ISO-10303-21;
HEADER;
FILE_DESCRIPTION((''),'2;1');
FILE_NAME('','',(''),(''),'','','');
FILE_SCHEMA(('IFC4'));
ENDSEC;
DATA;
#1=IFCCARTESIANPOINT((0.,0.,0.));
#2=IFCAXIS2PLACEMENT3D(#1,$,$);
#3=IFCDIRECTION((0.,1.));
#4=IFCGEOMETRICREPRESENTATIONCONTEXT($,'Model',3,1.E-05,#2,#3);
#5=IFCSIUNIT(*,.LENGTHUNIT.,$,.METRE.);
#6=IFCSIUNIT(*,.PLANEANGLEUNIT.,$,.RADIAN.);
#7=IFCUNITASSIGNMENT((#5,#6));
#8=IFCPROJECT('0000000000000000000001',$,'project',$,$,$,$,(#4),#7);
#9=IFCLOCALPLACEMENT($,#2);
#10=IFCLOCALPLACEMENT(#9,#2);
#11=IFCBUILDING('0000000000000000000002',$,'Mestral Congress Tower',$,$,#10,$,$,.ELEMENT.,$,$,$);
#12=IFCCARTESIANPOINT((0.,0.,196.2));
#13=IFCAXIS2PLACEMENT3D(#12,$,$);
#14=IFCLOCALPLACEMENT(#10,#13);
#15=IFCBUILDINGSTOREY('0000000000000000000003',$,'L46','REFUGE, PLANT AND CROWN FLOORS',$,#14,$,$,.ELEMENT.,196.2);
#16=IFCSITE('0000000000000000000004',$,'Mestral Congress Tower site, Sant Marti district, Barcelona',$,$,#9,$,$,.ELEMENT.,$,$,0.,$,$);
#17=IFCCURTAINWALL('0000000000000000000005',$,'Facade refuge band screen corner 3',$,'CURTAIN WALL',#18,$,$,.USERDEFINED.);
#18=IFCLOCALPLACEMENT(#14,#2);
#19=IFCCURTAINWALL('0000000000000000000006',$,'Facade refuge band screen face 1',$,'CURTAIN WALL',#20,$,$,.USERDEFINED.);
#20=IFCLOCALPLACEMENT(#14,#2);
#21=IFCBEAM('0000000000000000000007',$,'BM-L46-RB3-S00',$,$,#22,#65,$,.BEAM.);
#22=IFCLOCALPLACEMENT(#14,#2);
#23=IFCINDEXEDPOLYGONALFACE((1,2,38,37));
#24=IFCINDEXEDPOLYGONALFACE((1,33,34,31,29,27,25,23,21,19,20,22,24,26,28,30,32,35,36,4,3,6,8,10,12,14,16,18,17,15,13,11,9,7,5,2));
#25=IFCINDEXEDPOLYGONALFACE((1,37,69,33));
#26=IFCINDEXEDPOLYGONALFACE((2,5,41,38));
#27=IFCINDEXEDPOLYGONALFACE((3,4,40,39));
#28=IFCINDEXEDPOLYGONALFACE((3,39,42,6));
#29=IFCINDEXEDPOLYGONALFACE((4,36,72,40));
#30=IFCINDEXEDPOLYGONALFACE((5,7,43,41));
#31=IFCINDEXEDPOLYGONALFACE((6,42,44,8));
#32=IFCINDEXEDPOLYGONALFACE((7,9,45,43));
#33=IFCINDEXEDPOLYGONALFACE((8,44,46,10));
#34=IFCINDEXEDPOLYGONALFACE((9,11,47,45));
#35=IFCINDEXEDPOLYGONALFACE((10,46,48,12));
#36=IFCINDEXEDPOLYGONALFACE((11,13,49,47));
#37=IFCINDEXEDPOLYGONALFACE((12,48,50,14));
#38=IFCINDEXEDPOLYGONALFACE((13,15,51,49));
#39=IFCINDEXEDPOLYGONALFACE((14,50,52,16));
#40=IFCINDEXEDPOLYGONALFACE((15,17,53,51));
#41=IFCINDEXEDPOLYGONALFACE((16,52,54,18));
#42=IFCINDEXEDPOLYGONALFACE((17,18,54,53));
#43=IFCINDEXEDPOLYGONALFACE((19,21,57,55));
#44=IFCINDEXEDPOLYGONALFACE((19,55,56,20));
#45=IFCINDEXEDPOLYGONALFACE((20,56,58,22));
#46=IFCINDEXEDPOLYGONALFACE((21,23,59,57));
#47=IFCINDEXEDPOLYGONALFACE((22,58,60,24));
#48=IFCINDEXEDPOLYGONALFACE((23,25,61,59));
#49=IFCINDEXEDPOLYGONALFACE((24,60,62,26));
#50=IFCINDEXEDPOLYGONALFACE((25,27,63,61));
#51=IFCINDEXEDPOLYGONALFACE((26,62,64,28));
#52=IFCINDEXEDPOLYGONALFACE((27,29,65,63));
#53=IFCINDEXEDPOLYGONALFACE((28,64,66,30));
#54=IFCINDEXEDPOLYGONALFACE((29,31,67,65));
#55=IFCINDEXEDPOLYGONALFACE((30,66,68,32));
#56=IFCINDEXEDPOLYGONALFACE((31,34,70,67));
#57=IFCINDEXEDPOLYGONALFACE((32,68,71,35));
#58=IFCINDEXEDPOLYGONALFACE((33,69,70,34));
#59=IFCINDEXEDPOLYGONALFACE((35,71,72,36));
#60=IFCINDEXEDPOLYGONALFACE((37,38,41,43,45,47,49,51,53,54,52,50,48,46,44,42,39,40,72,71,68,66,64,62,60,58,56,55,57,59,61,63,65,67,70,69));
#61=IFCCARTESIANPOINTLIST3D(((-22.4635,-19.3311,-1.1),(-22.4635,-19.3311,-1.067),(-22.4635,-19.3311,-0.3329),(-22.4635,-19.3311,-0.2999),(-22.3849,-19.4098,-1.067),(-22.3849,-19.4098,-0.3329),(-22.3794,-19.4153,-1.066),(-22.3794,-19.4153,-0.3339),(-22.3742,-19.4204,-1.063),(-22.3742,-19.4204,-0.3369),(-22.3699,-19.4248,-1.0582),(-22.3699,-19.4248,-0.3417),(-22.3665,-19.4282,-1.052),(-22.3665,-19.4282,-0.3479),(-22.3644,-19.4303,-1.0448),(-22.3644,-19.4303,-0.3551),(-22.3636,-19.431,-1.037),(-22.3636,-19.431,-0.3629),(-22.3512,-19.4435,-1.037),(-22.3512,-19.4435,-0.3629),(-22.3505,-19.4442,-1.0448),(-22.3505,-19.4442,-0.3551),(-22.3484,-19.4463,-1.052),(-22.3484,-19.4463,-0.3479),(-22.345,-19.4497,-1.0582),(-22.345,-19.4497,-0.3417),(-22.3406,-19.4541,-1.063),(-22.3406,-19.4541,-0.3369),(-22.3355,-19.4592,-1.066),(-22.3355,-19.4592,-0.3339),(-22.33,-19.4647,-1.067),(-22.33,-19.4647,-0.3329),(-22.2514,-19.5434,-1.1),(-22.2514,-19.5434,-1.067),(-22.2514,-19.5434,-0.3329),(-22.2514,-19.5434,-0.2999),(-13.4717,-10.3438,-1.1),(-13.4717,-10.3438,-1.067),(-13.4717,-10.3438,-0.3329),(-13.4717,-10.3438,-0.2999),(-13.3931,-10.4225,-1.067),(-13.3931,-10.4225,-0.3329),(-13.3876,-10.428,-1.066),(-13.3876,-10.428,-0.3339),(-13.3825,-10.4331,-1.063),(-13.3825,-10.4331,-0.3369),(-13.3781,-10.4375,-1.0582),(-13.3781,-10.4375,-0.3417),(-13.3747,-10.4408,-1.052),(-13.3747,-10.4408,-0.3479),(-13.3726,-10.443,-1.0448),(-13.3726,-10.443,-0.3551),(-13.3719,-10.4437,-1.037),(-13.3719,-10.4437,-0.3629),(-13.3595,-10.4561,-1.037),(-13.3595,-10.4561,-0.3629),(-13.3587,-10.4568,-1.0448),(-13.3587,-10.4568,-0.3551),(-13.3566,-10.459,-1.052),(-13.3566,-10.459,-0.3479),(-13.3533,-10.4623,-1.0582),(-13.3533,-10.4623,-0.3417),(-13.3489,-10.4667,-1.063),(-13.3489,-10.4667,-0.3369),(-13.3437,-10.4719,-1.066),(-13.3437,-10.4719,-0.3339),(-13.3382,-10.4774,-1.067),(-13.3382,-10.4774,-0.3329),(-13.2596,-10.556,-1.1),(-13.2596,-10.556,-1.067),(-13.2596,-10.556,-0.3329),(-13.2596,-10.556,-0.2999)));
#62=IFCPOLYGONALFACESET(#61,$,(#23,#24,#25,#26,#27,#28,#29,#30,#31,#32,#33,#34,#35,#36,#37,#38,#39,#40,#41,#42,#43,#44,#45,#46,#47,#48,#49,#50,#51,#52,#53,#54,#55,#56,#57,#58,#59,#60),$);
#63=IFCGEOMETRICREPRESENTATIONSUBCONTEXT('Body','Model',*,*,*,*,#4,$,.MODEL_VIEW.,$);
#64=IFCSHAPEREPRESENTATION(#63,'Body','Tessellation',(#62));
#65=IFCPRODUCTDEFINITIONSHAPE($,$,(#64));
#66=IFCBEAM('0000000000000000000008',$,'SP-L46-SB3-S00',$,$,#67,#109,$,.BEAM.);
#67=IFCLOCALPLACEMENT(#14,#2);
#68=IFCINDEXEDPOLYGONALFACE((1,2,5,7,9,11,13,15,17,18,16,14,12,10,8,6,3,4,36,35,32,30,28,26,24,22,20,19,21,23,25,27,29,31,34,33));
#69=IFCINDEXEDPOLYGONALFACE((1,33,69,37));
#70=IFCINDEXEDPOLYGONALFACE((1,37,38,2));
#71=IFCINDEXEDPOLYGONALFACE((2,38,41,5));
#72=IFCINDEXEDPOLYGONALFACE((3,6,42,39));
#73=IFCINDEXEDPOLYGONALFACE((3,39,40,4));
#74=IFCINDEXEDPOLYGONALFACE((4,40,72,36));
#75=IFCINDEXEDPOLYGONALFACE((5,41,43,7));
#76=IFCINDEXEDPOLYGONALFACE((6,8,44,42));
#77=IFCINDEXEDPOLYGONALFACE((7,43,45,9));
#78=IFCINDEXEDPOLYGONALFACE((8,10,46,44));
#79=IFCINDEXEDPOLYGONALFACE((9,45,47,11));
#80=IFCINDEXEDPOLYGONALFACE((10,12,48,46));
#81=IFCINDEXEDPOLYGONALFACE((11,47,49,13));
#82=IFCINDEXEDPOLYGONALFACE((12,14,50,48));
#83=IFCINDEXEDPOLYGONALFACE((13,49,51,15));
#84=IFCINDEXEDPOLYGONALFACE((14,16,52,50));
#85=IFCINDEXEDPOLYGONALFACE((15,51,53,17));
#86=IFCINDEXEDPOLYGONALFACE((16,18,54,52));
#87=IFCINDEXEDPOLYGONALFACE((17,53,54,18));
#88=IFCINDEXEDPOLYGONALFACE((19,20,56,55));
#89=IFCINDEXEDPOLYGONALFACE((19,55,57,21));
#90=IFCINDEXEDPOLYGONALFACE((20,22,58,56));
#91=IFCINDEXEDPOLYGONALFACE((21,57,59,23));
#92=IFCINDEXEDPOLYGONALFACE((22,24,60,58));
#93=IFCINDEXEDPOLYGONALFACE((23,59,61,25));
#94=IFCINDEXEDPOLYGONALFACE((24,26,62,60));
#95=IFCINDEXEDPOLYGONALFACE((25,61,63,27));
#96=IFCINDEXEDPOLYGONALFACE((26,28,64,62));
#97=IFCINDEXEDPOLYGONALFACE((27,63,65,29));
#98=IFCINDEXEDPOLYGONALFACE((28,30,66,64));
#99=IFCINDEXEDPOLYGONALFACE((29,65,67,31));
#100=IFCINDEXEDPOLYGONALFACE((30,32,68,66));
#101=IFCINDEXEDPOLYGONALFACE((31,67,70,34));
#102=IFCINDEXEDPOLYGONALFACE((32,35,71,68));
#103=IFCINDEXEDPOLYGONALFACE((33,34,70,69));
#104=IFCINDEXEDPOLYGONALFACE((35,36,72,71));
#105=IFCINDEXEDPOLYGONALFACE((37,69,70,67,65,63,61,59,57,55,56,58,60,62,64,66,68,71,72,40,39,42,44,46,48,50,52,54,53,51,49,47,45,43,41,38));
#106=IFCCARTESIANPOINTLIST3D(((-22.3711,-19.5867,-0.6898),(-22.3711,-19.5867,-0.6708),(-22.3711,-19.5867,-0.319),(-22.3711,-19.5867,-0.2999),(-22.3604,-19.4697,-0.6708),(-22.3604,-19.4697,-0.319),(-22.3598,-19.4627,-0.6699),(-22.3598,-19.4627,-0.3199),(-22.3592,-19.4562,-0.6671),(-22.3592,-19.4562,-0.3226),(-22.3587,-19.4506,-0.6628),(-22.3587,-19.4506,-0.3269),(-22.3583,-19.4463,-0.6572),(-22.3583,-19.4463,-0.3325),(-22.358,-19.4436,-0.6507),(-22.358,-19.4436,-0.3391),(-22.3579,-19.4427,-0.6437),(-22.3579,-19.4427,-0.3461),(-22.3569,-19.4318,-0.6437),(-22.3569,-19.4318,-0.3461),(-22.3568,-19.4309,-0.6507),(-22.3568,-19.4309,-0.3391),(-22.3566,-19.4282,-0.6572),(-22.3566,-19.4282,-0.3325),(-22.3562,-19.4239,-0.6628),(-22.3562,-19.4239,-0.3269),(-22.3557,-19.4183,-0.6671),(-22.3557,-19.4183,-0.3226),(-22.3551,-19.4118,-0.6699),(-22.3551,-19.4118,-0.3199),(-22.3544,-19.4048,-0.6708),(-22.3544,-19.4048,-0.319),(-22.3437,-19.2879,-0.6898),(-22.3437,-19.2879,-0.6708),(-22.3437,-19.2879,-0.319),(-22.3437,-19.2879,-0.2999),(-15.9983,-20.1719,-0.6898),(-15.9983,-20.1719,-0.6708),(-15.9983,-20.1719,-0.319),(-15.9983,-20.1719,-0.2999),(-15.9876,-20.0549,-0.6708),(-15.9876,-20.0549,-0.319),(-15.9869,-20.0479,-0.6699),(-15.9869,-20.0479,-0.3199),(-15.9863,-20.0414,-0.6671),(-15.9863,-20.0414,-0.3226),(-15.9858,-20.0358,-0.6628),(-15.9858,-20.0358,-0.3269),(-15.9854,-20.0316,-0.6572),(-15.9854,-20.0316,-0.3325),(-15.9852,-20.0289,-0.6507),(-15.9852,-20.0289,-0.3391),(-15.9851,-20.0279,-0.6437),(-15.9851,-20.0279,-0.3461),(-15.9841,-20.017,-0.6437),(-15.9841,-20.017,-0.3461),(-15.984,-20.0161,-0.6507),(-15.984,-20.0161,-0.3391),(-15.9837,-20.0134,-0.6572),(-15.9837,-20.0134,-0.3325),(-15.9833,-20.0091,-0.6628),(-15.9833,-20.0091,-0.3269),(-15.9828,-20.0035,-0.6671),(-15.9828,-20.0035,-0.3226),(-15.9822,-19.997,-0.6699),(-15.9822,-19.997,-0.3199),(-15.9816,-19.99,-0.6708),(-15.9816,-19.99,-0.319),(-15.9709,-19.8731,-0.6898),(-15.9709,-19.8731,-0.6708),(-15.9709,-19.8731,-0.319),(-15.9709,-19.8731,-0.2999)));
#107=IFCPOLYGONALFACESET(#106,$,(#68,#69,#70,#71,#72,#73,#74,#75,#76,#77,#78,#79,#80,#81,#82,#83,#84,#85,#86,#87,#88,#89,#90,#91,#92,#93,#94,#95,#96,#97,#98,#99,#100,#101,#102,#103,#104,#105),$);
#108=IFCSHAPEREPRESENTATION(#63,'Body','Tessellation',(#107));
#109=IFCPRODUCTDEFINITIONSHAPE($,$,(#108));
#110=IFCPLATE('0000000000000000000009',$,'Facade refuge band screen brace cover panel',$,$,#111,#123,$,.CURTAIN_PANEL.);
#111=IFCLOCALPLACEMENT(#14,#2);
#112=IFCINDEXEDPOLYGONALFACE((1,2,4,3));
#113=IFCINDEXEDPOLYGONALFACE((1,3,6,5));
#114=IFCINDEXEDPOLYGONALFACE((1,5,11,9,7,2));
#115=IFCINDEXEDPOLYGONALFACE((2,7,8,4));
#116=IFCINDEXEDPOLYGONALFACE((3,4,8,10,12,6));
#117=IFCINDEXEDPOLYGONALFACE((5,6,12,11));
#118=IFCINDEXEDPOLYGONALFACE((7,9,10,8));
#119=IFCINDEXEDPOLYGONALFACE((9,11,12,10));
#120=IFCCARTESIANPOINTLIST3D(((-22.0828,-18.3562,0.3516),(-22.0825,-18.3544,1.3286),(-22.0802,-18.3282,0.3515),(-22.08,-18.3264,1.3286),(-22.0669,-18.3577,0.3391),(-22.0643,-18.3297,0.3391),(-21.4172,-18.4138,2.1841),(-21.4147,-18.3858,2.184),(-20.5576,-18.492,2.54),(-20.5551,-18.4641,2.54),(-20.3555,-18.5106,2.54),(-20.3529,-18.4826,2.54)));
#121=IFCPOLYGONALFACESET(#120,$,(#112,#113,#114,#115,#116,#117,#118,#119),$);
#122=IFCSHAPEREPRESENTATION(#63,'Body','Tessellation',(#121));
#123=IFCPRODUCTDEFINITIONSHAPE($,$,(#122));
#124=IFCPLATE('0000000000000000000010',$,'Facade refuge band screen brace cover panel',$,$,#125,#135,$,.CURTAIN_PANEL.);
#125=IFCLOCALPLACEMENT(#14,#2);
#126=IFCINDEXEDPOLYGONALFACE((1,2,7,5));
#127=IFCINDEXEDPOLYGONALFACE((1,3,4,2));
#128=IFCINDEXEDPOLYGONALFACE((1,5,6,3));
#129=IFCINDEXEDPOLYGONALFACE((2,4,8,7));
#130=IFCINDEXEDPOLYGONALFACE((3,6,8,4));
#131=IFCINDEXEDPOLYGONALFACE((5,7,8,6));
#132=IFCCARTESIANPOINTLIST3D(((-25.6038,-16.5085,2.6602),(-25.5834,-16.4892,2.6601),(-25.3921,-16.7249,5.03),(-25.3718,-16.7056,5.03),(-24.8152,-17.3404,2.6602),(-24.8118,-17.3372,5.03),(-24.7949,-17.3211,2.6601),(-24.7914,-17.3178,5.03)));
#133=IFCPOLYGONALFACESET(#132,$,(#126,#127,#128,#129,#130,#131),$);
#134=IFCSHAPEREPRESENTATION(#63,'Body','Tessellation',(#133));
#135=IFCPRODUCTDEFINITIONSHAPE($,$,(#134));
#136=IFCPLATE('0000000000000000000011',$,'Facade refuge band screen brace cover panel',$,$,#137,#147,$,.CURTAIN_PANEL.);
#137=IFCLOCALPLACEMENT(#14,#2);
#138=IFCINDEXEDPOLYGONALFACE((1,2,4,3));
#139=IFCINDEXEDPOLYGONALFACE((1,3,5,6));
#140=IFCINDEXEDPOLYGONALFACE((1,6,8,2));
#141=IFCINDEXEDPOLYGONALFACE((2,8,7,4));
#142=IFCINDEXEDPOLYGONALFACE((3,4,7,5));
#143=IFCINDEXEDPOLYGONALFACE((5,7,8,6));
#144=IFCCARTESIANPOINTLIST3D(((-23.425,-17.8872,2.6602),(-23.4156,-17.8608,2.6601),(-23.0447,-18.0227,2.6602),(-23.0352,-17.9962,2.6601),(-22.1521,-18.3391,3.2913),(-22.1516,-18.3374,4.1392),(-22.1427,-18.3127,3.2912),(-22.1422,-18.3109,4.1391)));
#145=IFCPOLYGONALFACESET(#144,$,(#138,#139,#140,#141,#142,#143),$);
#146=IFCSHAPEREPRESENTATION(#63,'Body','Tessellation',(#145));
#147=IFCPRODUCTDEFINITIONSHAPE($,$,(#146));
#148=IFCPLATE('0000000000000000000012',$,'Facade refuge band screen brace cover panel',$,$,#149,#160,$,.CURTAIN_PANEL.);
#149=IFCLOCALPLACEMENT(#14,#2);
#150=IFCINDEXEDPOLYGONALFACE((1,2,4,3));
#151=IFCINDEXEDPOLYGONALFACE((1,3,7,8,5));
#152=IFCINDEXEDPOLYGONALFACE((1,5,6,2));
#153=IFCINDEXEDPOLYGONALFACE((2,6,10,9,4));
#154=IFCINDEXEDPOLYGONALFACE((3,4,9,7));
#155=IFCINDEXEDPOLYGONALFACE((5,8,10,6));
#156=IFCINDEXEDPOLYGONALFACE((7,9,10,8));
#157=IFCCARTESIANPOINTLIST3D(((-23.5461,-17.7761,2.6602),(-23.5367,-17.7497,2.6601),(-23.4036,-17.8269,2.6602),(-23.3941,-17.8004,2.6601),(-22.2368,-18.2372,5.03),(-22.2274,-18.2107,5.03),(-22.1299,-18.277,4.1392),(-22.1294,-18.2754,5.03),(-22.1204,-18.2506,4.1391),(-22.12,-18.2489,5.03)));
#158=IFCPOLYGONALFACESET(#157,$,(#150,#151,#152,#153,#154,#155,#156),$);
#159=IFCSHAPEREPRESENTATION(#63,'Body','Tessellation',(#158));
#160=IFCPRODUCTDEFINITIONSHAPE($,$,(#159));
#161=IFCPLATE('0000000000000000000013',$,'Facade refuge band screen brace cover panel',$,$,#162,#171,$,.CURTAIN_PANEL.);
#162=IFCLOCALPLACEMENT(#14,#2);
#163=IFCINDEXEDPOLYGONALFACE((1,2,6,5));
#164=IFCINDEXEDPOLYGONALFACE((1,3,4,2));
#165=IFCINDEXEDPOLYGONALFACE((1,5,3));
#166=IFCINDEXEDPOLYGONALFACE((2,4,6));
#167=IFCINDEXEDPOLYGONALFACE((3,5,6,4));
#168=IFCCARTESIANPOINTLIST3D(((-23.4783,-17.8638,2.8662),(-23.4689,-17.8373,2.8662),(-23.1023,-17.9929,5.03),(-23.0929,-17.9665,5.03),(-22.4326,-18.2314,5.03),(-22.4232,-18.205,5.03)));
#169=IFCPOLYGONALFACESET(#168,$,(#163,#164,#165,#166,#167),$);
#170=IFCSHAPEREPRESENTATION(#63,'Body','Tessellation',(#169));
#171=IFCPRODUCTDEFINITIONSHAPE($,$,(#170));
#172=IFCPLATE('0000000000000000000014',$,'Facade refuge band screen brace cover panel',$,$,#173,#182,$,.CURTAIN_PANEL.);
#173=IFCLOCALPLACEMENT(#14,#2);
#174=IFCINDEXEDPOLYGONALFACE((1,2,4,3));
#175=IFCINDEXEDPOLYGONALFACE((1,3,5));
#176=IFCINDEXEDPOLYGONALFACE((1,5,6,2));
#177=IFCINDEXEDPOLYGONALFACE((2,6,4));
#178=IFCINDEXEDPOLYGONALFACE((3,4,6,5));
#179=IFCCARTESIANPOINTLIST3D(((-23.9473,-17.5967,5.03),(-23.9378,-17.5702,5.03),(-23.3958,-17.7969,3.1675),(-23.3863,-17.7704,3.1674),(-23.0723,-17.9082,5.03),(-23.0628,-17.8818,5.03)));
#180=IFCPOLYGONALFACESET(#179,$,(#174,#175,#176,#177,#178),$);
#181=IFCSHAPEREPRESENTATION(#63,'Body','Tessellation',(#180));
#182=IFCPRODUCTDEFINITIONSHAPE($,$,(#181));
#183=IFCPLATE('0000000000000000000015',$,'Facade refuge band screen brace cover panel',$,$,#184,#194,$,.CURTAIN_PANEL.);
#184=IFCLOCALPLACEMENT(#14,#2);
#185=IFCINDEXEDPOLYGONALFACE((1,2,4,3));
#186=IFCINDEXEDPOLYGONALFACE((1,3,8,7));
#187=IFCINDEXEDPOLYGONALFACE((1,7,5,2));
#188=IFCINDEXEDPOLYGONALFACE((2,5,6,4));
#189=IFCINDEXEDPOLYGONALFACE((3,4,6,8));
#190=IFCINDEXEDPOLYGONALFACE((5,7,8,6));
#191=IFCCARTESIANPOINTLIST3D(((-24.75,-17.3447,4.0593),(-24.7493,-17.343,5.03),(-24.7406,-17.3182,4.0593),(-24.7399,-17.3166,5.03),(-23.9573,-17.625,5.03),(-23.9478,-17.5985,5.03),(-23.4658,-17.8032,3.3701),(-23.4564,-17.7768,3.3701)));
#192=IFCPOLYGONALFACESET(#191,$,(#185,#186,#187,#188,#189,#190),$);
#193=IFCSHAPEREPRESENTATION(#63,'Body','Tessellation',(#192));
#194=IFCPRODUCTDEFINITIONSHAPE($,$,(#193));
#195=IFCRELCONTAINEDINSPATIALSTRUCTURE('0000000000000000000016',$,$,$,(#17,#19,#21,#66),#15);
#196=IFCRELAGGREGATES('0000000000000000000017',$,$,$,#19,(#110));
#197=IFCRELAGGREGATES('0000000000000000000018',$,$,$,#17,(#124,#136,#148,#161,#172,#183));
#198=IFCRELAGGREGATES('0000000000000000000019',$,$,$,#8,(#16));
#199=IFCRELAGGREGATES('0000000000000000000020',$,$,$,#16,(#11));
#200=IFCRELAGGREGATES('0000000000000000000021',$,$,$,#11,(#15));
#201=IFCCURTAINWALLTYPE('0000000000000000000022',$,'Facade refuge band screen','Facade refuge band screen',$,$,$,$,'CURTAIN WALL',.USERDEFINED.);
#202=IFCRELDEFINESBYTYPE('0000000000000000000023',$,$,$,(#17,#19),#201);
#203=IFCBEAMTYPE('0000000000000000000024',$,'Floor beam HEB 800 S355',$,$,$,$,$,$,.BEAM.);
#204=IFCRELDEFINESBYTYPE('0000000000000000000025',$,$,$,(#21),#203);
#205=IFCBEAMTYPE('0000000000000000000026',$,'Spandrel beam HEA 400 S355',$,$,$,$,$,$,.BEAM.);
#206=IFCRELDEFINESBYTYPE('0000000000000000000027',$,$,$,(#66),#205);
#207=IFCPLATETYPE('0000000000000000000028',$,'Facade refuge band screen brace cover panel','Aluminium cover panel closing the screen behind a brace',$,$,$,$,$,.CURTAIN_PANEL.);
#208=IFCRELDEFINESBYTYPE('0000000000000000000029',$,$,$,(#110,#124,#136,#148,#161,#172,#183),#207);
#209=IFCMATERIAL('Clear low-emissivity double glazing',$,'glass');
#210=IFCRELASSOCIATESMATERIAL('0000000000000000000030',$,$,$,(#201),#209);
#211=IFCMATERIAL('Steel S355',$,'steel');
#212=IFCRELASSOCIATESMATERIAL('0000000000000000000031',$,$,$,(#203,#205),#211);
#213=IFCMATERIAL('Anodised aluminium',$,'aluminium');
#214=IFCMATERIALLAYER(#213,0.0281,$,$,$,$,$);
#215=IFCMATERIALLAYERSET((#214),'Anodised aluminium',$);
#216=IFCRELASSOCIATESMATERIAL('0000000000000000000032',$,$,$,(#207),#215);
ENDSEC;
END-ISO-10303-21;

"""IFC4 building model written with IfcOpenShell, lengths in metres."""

from ifc_helpers import new_model, si_unit, direction, frame, origin, origin_2d, place, context, subcontext, project, spatial, polyline, i_section, outline, extrude, material, layer, layer_set, material_profile, profile_set, type_object, element, aggregate, save


model = new_model("IFC4")

# Units and contexts
model_context = context("Model", 3, precision=1e-05, world=origin(), true_north=direction((0.0, 1.0)))
body_context = subcontext(model_context, "Body", "Model", "MODEL_VIEW")
ifc_project = project(units=[si_unit("LENGTHUNIT", "METRE"), si_unit("PLANEANGLEUNIT", "RADIAN")], contexts=[model_context])

# Site, building, storey
site_placement = place(None, origin())
site = spatial("IfcSite", under=ifc_project, at=site_placement, Name="Mestral Congress Tower site, Sant Marti district, Barcelona", CompositionType="ELEMENT", RefElevation=0.0)
building_placement = place(site_placement, origin())
building = spatial("IfcBuilding", under=site, at=building_placement, Name="Mestral Congress Tower", CompositionType="ELEMENT")
storey_placement = place(building_placement, frame((0.0, 0.0, 196.2)))
storey = spatial("IfcBuildingStorey", under=building, at=storey_placement, Name="L46", Description="REFUGE, PLANT AND CROWN FLOORS", CompositionType="ELEMENT", Elevation=196.2)

# Shared definitions
ifc_material_1 = material(Name="Steel S355", Category="steel")

# Curtain walls
ifc_material_2 = material(Name="Clear low-emissivity double glazing", Category="glass")
curtain_wall_type = type_object("IfcCurtainWallType", Name="Facade refuge band screen", Description="Facade refuge band screen", ElementType="CURTAIN WALL", PredefinedType="USERDEFINED", material=ifc_material_2)
placement = place(storey_placement, origin())
curtain_wall_1 = element("IfcCurtainWall", 1, at=placement, inside=storey, type_object=curtain_wall_type, Name="Facade refuge band screen corner 3", ObjectType="CURTAIN WALL", PredefinedType="USERDEFINED")
ifc_material_3 = material(Name="Anodised aluminium", Category="aluminium")
curtain_wall_2 = element("IfcCurtainWall", 2, at=placement, inside=storey, type_object=curtain_wall_type, Name="Facade refuge band screen face 1", ObjectType="CURTAIN WALL", PredefinedType="USERDEFINED")

# Beams
ifc_material_profile_1 = material_profile(ifc_material_1, i_section(OverallWidth=0.3, OverallDepth=0.8, WebThickness=0.0176, FlangeThickness=0.033, FilletRadius=0.03, at=origin_2d()), Name="HEB 800")
ifc_profile_set_1 = profile_set([ifc_material_profile_1], Name="Steel S355")
beam_type_1 = type_object("IfcBeamType", Name="Floor beam HEB 800 S355", PredefinedType="BEAM", material=ifc_profile_set_1)
beam_1_placement = place(storey_placement, frame((-22.3574, -19.4373, -0.7), z_axis=(0.70728, 0.706934, 0.0), x_axis=(-0.706934, 0.70728, 0.0)))
element("IfcBeam", 3, at=beam_1_placement, inside=storey, type_object=beam_type_1, Name="BM-L46-RB3-S00", PredefinedType="BEAM", context=body_context, shape_type="SweptSolid", body=[
    extrude(i_section(OverallWidth=0.3, OverallDepth=0.8, WebThickness=0.0176, FlangeThickness=0.033, FilletRadius=0.03, at=origin_2d()), origin(), (0.0, 0.0, 1.0), 12.7131),
])
ifc_material_profile_2 = material_profile(ifc_material_1, i_section(OverallWidth=0.3, OverallDepth=0.3899, WebThickness=0.011, FlangeThickness=0.019, FilletRadius=0.0271, at=origin_2d()), Name="HEA 400")
ifc_profile_set_2 = profile_set([ifc_material_profile_2], Name="Steel S355")
beam_type_2 = type_object("IfcBeamType", Name="Spandrel beam HEA 400 S355", PredefinedType="BEAM", material=ifc_profile_set_2)
beam_2_placement = place(storey_placement, frame((-22.3574, -19.4373, -0.4949), z_axis=(0.99581, -0.091444, 0.0), x_axis=(0.091444, 0.99581, 0.0)))
element("IfcBeam", 4, at=beam_2_placement, inside=storey, type_object=beam_type_2, Name="SP-L46-SB3-S00", PredefinedType="BEAM", context=body_context, shape_type="SweptSolid", body=[
    extrude(i_section(OverallWidth=0.3, OverallDepth=0.3899, WebThickness=0.011, FlangeThickness=0.019, FilletRadius=0.0271, at=origin_2d()), origin(), (0.0, 0.0, 1.0), 6.3997),
])

# Plates
ifc_layer_1 = layer(ifc_material_3, 0.0281)
ifc_layer_set_1 = layer_set([ifc_layer_1], Name="Anodised aluminium")
plate_type_1 = type_object("IfcPlateType", Name="Facade refuge band screen brace cover panel", Description="Aluminium cover panel closing the screen behind a brace", PredefinedType="CURTAIN_PANEL", material=ifc_layer_set_1)
plate_1_placement = place(storey_placement, frame((-22.0669, -18.3577, 0.3391), z_axis=(-0.091405, -0.995812, 0.00189), x_axis=(-0.784603, 0.073187, 0.615664)))
plate_1 = element("IfcPlate", 5, at=plate_1_placement, type_object=plate_type_1, Name="Facade refuge band screen brace cover panel", PredefinedType="CURTAIN_PANEL", context=body_context, shape_type="SweptSolid", body=[
    extrude(outline(polyline([(0.0, 0.0), (0.0202, 0.0), (0.6217, -0.77), (0.622, -1.8553), (0.161, -2.6672), (0.0011, -2.7922), (0.0, 0.0)])), origin(), (0.0, 0.0, -1.0), 0.0281),
])
plate_2_placement = place(storey_placement, frame((-24.8118, -17.3372, 5.03), z_axis=(-0.725748, -0.687958, 0.001998), x_axis=(-0.001464, -0.00136, -0.999998)))
plate_2 = element("IfcPlate", 6, at=plate_2_placement, type_object=plate_type_1, Name="Facade refuge band screen brace cover panel", PredefinedType="CURTAIN_PANEL", context=body_context, shape_type="SweptSolid", body=[
    extrude(outline(polyline([(0.0, 0.0), (2.3699, 0.0), (2.3699, -1.1462), (0.0, -0.8436), (0.0, 0.0)])), origin(), (0.0, 0.0, -1.0), 0.0281),
])
plate_3_placement = place(storey_placement, frame((-22.1521, -18.3391, 3.2913), z_axis=(-0.335488, -0.942042, 0.002133), x_axis=(-0.784312, 0.27806, -0.554561)))
plate_3 = element("IfcPlate", 7, at=plate_3_placement, type_object=plate_type_1, Name="Facade refuge band screen brace cover panel", PredefinedType="CURTAIN_PANEL", context=body_context, shape_type="SweptSolid", body=[
    extrude(outline(polyline([(0.0, 0.0), (1.138, 0.0), (1.474, -0.2239), (-0.4701, -0.7056), (0.0, 0.0)])), origin(), (0.0, 0.0, -1.0), 0.0281),
])
plate_4_placement = place(storey_placement, frame((-22.1294, -18.2754, 5.03), z_axis=(-0.335181, -0.942152, 0.0019), x_axis=(-0.000518, -0.001833, -0.999998)))
plate_4 = element("IfcPlate", 8, at=plate_4_placement, type_object=plate_type_1, Name="Facade refuge band screen brace cover panel", PredefinedType="CURTAIN_PANEL", context=body_context, shape_type="SweptSolid", body=[
    extrude(outline(polyline([(0.0, 0.0), (0.8909, 0.0), (2.3697, -1.3511), (2.3697, -1.5024), (0.0, -0.114), (0.0, 0.0)])), origin(), (0.0, 0.0, -1.0), 0.0281),
])
plate_5_placement = place(storey_placement, frame((-22.4326, -18.2314, 5.03), z_axis=(-0.335531, -0.942027, 0.002074), x_axis=(-0.4301, 0.151233, -0.890024)))
plate_5 = element("IfcPlate", 9, at=plate_5_placement, type_object=plate_type_1, Name="Facade refuge band screen brace cover panel", PredefinedType="CURTAIN_PANEL", context=body_context, shape_type="SweptSolid", body=[
    extrude(outline(polyline([(0.0, 0.0), (2.4312, 0.0), (0.3241, -0.6327), (0.0, 0.0)])), origin(), (0.0, 0.0, -1.0), 0.0281),
])
plate_6_placement = place(storey_placement, frame((-23.3958, -17.7969, 3.1675), z_axis=(-0.335403, -0.942073, 0.001943), x_axis=(-0.282425, 0.102518, 0.953795)))
plate_6 = element("IfcPlate", 10, at=plate_6_placement, type_object=plate_type_1, Name="Facade refuge band screen brace cover panel", PredefinedType="CURTAIN_PANEL", context=body_context, shape_type="SweptSolid", body=[
    extrude(outline(polyline([(0.0, 0.0), (1.9528, 0.0), (1.6737, -0.8859), (0.0, 0.0)])), origin(), (0.0, 0.0, -1.0), 0.0281),
])
plate_7_placement = place(storey_placement, frame((-24.7493, -17.343, 5.03), z_axis=(-0.335376, -0.942082, 0.001875), x_axis=(0.942084, -0.335377, 0.0)))
plate_7 = element("IfcPlate", 11, at=plate_7_placement, type_object=plate_type_1, Name="Facade refuge band screen brace cover panel", PredefinedType="CURTAIN_PANEL", context=body_context, shape_type="SweptSolid", body=[
    extrude(outline(polyline([(0.0, 0.0), (0.8407, 0.0), (1.3635, -1.6599), (-0.0001, -0.9707), (0.0, 0.0)])), origin(), (0.0, 0.0, -1.0), 0.0281),
])

aggregate(curtain_wall_2, [plate_1])
aggregate(curtain_wall_1, [plate_2, plate_3, plate_4, plate_5, plate_6, plate_7])

save(model, "model.ifc")
